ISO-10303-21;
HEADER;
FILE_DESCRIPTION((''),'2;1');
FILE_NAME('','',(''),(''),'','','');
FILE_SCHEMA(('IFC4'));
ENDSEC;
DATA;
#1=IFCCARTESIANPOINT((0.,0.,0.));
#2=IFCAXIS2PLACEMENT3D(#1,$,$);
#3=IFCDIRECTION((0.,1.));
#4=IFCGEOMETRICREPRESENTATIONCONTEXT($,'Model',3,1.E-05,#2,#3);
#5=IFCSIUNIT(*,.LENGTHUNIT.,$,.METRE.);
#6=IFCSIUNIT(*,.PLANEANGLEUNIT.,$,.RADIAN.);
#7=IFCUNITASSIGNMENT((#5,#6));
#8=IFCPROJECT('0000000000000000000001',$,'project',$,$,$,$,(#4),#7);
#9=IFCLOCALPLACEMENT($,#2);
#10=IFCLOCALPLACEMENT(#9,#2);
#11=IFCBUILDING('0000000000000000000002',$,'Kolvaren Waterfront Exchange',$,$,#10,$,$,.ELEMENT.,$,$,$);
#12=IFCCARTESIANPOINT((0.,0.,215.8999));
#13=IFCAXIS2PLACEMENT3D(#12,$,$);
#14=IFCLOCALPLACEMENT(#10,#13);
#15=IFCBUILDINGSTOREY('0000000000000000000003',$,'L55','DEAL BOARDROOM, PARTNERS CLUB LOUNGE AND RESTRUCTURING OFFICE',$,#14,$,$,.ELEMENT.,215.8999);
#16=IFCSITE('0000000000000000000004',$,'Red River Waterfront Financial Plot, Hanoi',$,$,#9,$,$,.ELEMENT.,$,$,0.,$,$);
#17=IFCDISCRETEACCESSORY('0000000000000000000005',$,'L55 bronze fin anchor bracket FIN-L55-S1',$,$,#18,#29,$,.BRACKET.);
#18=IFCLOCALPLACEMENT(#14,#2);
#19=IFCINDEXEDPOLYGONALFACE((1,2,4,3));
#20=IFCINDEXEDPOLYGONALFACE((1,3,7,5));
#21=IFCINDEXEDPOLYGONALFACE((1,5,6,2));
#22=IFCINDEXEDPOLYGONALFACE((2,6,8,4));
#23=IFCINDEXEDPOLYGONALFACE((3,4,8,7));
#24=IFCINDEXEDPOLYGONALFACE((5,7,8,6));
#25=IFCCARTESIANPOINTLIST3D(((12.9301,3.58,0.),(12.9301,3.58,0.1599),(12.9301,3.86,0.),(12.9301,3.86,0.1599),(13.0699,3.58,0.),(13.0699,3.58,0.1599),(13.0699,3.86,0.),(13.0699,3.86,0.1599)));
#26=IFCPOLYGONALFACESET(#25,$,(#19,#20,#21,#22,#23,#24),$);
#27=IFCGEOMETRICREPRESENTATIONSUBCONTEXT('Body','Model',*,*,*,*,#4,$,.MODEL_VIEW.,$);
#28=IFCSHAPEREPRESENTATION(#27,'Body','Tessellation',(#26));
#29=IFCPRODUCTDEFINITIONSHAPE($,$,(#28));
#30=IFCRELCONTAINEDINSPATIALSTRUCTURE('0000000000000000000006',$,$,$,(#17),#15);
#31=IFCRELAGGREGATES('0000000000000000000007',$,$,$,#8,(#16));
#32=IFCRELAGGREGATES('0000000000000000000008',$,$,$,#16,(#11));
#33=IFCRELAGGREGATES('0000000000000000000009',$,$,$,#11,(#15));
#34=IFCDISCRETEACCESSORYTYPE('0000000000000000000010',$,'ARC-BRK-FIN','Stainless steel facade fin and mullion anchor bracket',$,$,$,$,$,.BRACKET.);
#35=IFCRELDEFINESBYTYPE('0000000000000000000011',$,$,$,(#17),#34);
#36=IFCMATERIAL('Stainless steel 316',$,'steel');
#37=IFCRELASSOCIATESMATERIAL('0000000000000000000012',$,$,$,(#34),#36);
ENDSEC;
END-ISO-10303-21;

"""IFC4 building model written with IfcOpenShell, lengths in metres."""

from ifc_helpers import new_model, si_unit, direction, frame, origin, origin_with_axes, origin_2d, place, context, subcontext, project, spatial, rectangle, extrude, source, transform, mapped, material, type_object, element, save


model = new_model("IFC4")

# Units and contexts
model_context = context("Model", 3, precision=1e-05, world=origin(), true_north=direction((0.0, 1.0)))
body_context = subcontext(model_context, "Body", "Model", "MODEL_VIEW")
ifc_project = project(units=[si_unit("LENGTHUNIT", "METRE"), si_unit("PLANEANGLEUNIT", "RADIAN")], contexts=[model_context])

# Site, building, storey
site_placement = place(None, origin())
site = spatial("IfcSite", under=ifc_project, at=site_placement, Name="Red River Waterfront Financial Plot, Hanoi", CompositionType="ELEMENT", RefElevation=0.0)
building_placement = place(site_placement, origin())
building = spatial("IfcBuilding", under=site, at=building_placement, Name="Kolvaren Waterfront Exchange", CompositionType="ELEMENT")
storey_placement = place(building_placement, frame((0.0, 0.0, 215.8999)))
storey = spatial("IfcBuildingStorey", under=building, at=storey_placement, Name="L55", Description="DEAL BOARDROOM, PARTNERS CLUB LOUNGE AND RESTRUCTURING OFFICE", CompositionType="ELEMENT", Elevation=215.8999)

# Discrete accessory
ifc_material_1 = material(Name="Stainless steel 316", Category="steel")
discrete_accessory_type = type_object("IfcDiscreteAccessoryType", Name="ARC-BRK-FIN", Description="Stainless steel facade fin and mullion anchor bracket", PredefinedType="BRACKET", material=ifc_material_1)
shared_shape_1 = source(origin_with_axes(), body_context, "Body", "SweptSolid", [
    extrude(rectangle(XDim=0.28, YDim=0.1399, at=origin_2d()), origin(), (0.0, 0.0, 1.0), 0.1599),
])
discrete_accessory_placement = place(storey_placement, frame((13.0, 3.72, 0.0), z_axis=(0.0, 0.0, 1.0), x_axis=(0.0, -1.0, 0.0)))
element("IfcDiscreteAccessory", 1, at=discrete_accessory_placement, inside=storey, type_object=discrete_accessory_type, Name="L55 bronze fin anchor bracket FIN-L55-S1", PredefinedType="BRACKET", context=body_context, shape_type="MappedRepresentation", body=[
    mapped(shared_shape_1, transform((0.0, 0.0, 0.0), x_axis=(1.0, 0.0, 0.0), y_axis=(0.0, 1.0, 0.0), z_axis=(0.0, 0.0, 1.0), scale=1.0)),
])

save(model, "model.ifc")
